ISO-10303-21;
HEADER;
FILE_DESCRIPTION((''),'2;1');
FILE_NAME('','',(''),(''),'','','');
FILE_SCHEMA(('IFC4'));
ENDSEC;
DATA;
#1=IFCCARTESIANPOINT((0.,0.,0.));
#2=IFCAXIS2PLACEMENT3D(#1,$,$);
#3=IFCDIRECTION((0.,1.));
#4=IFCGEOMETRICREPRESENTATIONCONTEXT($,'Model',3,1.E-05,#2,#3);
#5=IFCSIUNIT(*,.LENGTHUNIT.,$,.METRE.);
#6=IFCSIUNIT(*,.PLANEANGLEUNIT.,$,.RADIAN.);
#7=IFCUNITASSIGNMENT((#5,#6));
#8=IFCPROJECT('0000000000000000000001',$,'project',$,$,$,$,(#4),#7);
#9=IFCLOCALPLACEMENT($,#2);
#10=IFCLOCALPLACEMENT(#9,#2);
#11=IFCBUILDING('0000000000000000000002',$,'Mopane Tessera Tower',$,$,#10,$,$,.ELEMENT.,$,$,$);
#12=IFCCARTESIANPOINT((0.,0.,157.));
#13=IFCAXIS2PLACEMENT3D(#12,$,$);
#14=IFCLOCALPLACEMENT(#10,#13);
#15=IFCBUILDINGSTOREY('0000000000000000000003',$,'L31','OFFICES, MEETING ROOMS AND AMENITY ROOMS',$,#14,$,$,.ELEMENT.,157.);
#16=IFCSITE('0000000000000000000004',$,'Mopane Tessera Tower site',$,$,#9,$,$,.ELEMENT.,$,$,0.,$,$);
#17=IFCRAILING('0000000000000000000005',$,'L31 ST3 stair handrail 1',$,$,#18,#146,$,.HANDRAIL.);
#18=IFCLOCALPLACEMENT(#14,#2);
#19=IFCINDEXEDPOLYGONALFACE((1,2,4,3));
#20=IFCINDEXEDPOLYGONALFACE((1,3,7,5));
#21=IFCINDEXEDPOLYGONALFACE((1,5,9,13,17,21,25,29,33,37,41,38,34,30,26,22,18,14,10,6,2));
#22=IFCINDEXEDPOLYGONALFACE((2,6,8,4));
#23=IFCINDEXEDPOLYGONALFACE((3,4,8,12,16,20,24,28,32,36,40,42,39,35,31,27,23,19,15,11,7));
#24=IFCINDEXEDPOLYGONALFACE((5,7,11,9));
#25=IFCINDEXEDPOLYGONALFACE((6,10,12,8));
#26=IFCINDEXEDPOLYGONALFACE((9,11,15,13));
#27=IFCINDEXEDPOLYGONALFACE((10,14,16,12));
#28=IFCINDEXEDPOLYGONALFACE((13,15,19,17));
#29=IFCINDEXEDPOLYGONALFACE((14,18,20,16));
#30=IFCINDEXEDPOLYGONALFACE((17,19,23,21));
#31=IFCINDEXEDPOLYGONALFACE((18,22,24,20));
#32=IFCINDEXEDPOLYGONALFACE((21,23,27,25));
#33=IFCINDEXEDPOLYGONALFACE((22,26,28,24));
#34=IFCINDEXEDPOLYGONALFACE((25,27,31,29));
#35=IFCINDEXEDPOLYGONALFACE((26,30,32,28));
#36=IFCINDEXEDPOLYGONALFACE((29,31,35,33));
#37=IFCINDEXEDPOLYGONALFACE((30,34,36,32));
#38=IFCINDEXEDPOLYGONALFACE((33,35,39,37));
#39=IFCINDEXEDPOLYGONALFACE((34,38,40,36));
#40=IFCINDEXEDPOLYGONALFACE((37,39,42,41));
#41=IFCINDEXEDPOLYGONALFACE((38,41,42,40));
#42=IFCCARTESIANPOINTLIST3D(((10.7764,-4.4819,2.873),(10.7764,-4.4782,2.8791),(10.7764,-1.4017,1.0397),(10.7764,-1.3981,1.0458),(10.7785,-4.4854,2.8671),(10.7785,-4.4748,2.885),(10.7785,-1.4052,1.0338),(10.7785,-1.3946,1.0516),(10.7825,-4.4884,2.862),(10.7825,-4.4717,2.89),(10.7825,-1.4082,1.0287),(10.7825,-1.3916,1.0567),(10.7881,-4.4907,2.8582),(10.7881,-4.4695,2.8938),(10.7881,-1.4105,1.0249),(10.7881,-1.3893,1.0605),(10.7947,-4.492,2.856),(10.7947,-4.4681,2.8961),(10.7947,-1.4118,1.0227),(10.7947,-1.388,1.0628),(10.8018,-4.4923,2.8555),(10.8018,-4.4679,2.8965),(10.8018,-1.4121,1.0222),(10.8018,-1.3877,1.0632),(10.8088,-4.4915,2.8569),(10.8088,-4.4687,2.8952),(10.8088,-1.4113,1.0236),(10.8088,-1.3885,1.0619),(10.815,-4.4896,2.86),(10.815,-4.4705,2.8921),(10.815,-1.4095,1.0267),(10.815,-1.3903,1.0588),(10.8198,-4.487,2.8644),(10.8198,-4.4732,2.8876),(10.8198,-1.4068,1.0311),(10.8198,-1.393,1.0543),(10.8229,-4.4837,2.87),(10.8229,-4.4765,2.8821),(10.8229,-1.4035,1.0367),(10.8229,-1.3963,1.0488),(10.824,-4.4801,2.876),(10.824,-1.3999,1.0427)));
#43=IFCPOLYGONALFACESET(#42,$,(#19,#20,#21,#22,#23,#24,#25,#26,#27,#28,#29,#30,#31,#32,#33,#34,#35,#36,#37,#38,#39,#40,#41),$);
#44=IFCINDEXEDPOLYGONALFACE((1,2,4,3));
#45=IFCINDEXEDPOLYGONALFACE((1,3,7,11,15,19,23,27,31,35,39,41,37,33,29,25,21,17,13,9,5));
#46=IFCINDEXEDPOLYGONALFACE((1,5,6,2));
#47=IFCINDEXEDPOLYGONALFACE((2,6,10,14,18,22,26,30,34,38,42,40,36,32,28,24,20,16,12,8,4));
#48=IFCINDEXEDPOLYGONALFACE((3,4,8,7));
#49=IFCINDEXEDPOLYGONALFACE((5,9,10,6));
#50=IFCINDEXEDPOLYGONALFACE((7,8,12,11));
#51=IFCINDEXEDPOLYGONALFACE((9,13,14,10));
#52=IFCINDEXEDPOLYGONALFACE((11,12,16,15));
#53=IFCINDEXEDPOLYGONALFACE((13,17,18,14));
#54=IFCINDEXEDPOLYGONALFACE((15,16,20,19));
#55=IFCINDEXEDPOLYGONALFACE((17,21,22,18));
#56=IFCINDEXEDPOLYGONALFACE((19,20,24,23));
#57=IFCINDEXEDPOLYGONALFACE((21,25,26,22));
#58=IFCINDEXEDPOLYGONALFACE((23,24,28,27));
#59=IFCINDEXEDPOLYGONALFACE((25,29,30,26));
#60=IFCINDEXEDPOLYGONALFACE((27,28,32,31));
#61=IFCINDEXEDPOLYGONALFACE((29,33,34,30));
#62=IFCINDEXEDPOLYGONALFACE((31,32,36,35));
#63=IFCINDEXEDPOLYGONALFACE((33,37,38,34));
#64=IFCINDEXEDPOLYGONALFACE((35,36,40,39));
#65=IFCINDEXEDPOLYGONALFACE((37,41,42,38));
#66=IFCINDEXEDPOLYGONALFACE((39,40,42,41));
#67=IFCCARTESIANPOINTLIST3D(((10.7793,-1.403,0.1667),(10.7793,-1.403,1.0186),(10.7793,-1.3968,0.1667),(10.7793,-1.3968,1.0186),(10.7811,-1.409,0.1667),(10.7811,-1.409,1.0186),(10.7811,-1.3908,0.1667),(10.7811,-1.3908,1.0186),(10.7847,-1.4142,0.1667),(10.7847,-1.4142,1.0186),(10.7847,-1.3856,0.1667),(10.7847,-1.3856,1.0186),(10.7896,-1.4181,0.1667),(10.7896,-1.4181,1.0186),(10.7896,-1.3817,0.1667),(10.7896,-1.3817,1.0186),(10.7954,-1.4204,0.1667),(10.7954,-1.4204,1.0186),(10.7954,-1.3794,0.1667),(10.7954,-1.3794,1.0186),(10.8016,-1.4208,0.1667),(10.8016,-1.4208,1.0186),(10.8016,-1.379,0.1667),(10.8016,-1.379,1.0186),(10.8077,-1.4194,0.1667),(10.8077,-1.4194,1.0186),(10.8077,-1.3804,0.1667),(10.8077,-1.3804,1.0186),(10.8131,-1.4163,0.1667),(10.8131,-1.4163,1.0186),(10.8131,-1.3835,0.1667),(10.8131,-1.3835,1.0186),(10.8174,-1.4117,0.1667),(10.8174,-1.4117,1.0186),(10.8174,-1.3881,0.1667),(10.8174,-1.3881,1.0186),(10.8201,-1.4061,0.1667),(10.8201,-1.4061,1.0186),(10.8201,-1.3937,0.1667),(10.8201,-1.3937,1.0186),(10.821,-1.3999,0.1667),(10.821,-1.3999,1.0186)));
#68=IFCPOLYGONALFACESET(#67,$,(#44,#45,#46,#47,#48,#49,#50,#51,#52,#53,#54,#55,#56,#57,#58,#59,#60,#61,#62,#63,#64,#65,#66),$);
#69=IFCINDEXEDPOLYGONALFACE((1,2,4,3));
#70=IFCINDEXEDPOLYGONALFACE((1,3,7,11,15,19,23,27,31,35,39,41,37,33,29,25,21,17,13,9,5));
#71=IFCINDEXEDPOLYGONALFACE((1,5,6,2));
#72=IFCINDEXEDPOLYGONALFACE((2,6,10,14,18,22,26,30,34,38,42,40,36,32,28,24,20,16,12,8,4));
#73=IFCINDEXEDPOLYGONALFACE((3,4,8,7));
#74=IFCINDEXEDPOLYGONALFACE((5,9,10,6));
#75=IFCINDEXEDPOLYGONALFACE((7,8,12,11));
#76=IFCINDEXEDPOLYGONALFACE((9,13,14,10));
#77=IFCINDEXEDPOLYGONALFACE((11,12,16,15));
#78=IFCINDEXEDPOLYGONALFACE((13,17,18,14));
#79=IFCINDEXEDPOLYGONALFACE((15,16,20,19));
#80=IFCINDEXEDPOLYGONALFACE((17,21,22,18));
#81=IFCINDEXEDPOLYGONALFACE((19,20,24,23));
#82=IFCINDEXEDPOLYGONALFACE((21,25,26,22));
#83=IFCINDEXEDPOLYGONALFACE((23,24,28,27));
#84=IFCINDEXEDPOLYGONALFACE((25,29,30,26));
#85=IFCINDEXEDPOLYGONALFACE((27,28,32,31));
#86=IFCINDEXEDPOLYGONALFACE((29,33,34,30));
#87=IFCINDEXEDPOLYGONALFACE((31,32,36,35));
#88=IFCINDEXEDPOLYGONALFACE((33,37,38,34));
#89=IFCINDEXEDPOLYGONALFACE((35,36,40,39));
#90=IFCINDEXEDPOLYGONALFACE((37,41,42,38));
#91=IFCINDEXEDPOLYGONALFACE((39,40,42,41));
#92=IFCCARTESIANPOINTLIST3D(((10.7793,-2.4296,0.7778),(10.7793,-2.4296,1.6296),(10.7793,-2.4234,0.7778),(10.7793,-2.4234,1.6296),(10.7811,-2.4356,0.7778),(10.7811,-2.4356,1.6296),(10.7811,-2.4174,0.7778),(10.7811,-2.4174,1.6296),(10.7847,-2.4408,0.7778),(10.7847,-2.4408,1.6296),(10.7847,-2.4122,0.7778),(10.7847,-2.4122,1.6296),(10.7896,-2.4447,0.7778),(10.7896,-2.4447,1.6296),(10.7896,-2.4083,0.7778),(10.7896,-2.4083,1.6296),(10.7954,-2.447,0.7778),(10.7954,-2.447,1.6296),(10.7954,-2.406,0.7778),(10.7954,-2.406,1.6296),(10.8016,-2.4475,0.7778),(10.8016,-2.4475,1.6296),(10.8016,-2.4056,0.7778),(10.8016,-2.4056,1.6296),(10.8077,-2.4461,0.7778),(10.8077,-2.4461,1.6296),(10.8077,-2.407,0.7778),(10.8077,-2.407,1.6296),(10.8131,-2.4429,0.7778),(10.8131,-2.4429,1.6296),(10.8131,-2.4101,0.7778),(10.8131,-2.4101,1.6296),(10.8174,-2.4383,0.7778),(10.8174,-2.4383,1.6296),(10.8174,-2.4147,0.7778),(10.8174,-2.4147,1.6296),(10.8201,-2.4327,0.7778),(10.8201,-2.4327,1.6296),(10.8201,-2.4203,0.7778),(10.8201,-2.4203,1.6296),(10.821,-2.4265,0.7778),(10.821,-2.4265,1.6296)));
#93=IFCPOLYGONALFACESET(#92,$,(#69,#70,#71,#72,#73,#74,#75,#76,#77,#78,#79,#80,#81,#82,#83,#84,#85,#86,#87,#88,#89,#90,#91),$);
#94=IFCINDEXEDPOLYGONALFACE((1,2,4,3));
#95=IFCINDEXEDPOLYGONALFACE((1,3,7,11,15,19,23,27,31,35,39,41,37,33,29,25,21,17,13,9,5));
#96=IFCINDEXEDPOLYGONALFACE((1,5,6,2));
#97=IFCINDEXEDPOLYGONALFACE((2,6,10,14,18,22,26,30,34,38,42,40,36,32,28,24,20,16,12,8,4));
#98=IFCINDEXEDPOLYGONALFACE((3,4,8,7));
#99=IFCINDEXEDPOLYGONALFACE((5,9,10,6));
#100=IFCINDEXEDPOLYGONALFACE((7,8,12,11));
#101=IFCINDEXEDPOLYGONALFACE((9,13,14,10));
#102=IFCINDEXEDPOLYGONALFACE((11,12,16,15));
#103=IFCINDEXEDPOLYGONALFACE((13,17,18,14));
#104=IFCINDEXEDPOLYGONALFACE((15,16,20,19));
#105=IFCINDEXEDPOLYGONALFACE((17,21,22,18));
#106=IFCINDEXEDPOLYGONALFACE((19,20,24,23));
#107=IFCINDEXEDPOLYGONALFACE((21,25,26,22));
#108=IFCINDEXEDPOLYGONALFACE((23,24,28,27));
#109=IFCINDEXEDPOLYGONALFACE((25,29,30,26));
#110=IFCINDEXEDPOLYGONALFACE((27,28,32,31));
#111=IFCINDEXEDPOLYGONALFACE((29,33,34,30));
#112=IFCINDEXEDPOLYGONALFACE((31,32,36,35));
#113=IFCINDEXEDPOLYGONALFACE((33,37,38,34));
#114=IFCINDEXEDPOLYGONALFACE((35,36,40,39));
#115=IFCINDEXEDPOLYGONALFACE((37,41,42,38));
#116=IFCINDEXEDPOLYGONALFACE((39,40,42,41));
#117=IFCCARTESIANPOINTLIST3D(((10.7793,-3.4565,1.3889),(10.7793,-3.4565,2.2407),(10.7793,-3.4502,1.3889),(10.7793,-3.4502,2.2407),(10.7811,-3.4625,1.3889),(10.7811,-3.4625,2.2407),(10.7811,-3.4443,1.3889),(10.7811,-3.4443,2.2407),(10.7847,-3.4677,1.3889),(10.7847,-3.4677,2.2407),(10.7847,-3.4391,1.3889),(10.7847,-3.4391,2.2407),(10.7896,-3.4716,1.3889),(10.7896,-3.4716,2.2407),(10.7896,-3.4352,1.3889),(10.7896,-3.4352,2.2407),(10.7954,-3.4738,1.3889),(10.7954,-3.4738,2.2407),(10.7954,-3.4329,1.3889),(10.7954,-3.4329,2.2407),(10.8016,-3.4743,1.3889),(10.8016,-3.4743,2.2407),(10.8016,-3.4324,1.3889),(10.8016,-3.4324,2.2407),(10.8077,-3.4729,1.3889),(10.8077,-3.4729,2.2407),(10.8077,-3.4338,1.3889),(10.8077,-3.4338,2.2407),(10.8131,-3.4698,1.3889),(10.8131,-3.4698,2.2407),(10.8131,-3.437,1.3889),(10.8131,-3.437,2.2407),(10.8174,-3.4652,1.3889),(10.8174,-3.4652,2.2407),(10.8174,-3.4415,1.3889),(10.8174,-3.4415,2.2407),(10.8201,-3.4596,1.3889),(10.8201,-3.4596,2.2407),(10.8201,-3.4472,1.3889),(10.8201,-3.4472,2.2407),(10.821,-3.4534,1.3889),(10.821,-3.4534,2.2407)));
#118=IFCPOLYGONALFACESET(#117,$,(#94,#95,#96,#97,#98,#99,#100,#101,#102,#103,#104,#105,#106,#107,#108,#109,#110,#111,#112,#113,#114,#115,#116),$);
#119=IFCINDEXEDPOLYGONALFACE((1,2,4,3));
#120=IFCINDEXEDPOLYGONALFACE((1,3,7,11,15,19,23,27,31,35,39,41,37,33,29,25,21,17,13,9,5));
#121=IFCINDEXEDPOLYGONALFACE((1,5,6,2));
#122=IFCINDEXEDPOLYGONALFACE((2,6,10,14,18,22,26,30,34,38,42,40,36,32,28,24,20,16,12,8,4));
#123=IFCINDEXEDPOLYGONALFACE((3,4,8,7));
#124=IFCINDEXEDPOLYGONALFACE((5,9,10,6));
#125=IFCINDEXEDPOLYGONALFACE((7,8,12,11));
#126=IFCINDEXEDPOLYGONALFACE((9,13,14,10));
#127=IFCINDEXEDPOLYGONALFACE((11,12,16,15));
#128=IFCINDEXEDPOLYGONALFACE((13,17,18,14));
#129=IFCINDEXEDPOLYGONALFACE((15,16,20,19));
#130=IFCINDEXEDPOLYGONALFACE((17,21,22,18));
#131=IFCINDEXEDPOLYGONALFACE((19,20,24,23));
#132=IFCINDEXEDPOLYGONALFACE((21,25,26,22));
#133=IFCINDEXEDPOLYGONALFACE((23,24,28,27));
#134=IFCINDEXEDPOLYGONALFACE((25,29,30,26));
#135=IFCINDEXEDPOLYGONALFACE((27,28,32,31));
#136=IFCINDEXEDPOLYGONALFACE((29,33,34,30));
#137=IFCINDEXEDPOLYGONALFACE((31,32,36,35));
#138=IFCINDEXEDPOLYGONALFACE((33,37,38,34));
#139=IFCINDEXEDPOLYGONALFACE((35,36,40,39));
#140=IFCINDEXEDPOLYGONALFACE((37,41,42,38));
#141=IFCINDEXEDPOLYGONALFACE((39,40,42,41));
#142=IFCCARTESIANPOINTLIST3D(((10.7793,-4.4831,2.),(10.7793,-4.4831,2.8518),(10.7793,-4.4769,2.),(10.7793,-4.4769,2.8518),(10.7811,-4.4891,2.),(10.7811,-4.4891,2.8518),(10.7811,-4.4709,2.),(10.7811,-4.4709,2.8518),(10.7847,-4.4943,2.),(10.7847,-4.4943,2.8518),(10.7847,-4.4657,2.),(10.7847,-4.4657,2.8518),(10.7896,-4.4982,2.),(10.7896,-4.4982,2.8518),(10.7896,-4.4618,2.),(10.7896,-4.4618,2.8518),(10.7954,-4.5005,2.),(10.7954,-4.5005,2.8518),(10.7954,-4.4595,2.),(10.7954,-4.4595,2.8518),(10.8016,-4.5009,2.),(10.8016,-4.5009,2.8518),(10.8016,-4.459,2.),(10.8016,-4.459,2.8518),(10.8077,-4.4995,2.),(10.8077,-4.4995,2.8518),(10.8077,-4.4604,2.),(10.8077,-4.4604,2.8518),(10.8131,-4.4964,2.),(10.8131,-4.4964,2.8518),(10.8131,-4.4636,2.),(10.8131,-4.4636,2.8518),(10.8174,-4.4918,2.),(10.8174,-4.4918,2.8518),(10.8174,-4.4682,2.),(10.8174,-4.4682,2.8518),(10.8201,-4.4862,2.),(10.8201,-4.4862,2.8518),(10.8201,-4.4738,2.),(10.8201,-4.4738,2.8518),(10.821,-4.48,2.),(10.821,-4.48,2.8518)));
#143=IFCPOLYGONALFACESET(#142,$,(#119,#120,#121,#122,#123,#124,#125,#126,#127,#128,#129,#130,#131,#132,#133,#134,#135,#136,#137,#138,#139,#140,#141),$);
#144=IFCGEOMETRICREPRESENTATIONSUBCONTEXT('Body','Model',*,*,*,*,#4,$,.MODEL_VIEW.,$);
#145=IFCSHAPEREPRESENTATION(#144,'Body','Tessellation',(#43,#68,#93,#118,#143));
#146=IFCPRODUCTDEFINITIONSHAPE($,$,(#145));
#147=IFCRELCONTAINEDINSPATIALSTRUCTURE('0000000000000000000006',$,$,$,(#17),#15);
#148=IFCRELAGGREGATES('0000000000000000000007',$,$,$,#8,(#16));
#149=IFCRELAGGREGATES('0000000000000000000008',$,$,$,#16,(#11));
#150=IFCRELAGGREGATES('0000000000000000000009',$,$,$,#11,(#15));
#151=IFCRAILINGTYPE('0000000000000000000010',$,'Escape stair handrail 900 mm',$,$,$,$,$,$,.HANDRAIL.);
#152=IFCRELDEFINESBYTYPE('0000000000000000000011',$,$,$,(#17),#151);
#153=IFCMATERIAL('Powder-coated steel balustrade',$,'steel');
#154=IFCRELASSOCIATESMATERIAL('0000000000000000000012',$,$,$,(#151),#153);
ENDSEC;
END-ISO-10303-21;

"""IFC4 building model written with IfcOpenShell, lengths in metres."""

from ifc_helpers import new_model, si_unit, direction, frame, origin, origin_2d, place, context, subcontext, project, spatial, circle, extrude, material, type_object, element, save


model = new_model("IFC4")

# Units and contexts
model_context = context("Model", 3, precision=1e-05, world=origin(), true_north=direction((0.0, 1.0)))
body_context = subcontext(model_context, "Body", "Model", "MODEL_VIEW")
ifc_project = project(units=[si_unit("LENGTHUNIT", "METRE"), si_unit("PLANEANGLEUNIT", "RADIAN")], contexts=[model_context])

# Site, building, storey
site_placement = place(None, origin())
site = spatial("IfcSite", under=ifc_project, at=site_placement, Name="Mopane Tessera Tower site", CompositionType="ELEMENT", RefElevation=0.0)
building_placement = place(site_placement, origin())
building = spatial("IfcBuilding", under=site, at=building_placement, Name="Mopane Tessera Tower", CompositionType="ELEMENT")
storey_placement = place(building_placement, frame((0.0, 0.0, 157.0)))
storey = spatial("IfcBuildingStorey", under=building, at=storey_placement, Name="L31", Description="OFFICES, MEETING ROOMS AND AMENITY ROOMS", CompositionType="ELEMENT", Elevation=157.0)

# Railing
ifc_material_1 = material(Name="Powder-coated steel balustrade", Category="steel")
railing_type_1 = type_object("IfcRailingType", Name="Escape stair handrail 900 mm", PredefinedType="HANDRAIL", material=ifc_material_1)
railing_1_placement = place(storey_placement, frame((10.8, -1.3999, 0.1667)))
element("IfcRailing", 1, at=railing_1_placement, inside=storey, type_object=railing_type_1, Name="L31 ST3 stair handrail 1", PredefinedType="HANDRAIL", context=body_context, shape_type="SweptSolid", body=[
    extrude(circle(Radius=0.0239, at=origin_2d()), frame((0.0, 0.0, 0.876), z_axis=(0.0, -0.859309, 0.511458), x_axis=(1.0, 0.0, 0.0)), (0.0, 0.0, 1.0), 3.5845),
    extrude(circle(Radius=0.021, at=origin_2d()), origin(), (0.0, 0.0, 1.0), 0.8518),
    extrude(circle(Radius=0.021, at=origin_2d()), frame((0.0, -1.0266, 0.6111)), (0.0, 0.0, 1.0), 0.8518),
    extrude(circle(Radius=0.021, at=origin_2d()), frame((0.0, -2.0535, 1.2222)), (0.0, 0.0, 1.0), 0.8518),
    extrude(circle(Radius=0.021, at=origin_2d()), frame((0.0, -3.0801, 1.8333)), (0.0, 0.0, 1.0), 0.8518),
])

save(model, "model.ifc")
